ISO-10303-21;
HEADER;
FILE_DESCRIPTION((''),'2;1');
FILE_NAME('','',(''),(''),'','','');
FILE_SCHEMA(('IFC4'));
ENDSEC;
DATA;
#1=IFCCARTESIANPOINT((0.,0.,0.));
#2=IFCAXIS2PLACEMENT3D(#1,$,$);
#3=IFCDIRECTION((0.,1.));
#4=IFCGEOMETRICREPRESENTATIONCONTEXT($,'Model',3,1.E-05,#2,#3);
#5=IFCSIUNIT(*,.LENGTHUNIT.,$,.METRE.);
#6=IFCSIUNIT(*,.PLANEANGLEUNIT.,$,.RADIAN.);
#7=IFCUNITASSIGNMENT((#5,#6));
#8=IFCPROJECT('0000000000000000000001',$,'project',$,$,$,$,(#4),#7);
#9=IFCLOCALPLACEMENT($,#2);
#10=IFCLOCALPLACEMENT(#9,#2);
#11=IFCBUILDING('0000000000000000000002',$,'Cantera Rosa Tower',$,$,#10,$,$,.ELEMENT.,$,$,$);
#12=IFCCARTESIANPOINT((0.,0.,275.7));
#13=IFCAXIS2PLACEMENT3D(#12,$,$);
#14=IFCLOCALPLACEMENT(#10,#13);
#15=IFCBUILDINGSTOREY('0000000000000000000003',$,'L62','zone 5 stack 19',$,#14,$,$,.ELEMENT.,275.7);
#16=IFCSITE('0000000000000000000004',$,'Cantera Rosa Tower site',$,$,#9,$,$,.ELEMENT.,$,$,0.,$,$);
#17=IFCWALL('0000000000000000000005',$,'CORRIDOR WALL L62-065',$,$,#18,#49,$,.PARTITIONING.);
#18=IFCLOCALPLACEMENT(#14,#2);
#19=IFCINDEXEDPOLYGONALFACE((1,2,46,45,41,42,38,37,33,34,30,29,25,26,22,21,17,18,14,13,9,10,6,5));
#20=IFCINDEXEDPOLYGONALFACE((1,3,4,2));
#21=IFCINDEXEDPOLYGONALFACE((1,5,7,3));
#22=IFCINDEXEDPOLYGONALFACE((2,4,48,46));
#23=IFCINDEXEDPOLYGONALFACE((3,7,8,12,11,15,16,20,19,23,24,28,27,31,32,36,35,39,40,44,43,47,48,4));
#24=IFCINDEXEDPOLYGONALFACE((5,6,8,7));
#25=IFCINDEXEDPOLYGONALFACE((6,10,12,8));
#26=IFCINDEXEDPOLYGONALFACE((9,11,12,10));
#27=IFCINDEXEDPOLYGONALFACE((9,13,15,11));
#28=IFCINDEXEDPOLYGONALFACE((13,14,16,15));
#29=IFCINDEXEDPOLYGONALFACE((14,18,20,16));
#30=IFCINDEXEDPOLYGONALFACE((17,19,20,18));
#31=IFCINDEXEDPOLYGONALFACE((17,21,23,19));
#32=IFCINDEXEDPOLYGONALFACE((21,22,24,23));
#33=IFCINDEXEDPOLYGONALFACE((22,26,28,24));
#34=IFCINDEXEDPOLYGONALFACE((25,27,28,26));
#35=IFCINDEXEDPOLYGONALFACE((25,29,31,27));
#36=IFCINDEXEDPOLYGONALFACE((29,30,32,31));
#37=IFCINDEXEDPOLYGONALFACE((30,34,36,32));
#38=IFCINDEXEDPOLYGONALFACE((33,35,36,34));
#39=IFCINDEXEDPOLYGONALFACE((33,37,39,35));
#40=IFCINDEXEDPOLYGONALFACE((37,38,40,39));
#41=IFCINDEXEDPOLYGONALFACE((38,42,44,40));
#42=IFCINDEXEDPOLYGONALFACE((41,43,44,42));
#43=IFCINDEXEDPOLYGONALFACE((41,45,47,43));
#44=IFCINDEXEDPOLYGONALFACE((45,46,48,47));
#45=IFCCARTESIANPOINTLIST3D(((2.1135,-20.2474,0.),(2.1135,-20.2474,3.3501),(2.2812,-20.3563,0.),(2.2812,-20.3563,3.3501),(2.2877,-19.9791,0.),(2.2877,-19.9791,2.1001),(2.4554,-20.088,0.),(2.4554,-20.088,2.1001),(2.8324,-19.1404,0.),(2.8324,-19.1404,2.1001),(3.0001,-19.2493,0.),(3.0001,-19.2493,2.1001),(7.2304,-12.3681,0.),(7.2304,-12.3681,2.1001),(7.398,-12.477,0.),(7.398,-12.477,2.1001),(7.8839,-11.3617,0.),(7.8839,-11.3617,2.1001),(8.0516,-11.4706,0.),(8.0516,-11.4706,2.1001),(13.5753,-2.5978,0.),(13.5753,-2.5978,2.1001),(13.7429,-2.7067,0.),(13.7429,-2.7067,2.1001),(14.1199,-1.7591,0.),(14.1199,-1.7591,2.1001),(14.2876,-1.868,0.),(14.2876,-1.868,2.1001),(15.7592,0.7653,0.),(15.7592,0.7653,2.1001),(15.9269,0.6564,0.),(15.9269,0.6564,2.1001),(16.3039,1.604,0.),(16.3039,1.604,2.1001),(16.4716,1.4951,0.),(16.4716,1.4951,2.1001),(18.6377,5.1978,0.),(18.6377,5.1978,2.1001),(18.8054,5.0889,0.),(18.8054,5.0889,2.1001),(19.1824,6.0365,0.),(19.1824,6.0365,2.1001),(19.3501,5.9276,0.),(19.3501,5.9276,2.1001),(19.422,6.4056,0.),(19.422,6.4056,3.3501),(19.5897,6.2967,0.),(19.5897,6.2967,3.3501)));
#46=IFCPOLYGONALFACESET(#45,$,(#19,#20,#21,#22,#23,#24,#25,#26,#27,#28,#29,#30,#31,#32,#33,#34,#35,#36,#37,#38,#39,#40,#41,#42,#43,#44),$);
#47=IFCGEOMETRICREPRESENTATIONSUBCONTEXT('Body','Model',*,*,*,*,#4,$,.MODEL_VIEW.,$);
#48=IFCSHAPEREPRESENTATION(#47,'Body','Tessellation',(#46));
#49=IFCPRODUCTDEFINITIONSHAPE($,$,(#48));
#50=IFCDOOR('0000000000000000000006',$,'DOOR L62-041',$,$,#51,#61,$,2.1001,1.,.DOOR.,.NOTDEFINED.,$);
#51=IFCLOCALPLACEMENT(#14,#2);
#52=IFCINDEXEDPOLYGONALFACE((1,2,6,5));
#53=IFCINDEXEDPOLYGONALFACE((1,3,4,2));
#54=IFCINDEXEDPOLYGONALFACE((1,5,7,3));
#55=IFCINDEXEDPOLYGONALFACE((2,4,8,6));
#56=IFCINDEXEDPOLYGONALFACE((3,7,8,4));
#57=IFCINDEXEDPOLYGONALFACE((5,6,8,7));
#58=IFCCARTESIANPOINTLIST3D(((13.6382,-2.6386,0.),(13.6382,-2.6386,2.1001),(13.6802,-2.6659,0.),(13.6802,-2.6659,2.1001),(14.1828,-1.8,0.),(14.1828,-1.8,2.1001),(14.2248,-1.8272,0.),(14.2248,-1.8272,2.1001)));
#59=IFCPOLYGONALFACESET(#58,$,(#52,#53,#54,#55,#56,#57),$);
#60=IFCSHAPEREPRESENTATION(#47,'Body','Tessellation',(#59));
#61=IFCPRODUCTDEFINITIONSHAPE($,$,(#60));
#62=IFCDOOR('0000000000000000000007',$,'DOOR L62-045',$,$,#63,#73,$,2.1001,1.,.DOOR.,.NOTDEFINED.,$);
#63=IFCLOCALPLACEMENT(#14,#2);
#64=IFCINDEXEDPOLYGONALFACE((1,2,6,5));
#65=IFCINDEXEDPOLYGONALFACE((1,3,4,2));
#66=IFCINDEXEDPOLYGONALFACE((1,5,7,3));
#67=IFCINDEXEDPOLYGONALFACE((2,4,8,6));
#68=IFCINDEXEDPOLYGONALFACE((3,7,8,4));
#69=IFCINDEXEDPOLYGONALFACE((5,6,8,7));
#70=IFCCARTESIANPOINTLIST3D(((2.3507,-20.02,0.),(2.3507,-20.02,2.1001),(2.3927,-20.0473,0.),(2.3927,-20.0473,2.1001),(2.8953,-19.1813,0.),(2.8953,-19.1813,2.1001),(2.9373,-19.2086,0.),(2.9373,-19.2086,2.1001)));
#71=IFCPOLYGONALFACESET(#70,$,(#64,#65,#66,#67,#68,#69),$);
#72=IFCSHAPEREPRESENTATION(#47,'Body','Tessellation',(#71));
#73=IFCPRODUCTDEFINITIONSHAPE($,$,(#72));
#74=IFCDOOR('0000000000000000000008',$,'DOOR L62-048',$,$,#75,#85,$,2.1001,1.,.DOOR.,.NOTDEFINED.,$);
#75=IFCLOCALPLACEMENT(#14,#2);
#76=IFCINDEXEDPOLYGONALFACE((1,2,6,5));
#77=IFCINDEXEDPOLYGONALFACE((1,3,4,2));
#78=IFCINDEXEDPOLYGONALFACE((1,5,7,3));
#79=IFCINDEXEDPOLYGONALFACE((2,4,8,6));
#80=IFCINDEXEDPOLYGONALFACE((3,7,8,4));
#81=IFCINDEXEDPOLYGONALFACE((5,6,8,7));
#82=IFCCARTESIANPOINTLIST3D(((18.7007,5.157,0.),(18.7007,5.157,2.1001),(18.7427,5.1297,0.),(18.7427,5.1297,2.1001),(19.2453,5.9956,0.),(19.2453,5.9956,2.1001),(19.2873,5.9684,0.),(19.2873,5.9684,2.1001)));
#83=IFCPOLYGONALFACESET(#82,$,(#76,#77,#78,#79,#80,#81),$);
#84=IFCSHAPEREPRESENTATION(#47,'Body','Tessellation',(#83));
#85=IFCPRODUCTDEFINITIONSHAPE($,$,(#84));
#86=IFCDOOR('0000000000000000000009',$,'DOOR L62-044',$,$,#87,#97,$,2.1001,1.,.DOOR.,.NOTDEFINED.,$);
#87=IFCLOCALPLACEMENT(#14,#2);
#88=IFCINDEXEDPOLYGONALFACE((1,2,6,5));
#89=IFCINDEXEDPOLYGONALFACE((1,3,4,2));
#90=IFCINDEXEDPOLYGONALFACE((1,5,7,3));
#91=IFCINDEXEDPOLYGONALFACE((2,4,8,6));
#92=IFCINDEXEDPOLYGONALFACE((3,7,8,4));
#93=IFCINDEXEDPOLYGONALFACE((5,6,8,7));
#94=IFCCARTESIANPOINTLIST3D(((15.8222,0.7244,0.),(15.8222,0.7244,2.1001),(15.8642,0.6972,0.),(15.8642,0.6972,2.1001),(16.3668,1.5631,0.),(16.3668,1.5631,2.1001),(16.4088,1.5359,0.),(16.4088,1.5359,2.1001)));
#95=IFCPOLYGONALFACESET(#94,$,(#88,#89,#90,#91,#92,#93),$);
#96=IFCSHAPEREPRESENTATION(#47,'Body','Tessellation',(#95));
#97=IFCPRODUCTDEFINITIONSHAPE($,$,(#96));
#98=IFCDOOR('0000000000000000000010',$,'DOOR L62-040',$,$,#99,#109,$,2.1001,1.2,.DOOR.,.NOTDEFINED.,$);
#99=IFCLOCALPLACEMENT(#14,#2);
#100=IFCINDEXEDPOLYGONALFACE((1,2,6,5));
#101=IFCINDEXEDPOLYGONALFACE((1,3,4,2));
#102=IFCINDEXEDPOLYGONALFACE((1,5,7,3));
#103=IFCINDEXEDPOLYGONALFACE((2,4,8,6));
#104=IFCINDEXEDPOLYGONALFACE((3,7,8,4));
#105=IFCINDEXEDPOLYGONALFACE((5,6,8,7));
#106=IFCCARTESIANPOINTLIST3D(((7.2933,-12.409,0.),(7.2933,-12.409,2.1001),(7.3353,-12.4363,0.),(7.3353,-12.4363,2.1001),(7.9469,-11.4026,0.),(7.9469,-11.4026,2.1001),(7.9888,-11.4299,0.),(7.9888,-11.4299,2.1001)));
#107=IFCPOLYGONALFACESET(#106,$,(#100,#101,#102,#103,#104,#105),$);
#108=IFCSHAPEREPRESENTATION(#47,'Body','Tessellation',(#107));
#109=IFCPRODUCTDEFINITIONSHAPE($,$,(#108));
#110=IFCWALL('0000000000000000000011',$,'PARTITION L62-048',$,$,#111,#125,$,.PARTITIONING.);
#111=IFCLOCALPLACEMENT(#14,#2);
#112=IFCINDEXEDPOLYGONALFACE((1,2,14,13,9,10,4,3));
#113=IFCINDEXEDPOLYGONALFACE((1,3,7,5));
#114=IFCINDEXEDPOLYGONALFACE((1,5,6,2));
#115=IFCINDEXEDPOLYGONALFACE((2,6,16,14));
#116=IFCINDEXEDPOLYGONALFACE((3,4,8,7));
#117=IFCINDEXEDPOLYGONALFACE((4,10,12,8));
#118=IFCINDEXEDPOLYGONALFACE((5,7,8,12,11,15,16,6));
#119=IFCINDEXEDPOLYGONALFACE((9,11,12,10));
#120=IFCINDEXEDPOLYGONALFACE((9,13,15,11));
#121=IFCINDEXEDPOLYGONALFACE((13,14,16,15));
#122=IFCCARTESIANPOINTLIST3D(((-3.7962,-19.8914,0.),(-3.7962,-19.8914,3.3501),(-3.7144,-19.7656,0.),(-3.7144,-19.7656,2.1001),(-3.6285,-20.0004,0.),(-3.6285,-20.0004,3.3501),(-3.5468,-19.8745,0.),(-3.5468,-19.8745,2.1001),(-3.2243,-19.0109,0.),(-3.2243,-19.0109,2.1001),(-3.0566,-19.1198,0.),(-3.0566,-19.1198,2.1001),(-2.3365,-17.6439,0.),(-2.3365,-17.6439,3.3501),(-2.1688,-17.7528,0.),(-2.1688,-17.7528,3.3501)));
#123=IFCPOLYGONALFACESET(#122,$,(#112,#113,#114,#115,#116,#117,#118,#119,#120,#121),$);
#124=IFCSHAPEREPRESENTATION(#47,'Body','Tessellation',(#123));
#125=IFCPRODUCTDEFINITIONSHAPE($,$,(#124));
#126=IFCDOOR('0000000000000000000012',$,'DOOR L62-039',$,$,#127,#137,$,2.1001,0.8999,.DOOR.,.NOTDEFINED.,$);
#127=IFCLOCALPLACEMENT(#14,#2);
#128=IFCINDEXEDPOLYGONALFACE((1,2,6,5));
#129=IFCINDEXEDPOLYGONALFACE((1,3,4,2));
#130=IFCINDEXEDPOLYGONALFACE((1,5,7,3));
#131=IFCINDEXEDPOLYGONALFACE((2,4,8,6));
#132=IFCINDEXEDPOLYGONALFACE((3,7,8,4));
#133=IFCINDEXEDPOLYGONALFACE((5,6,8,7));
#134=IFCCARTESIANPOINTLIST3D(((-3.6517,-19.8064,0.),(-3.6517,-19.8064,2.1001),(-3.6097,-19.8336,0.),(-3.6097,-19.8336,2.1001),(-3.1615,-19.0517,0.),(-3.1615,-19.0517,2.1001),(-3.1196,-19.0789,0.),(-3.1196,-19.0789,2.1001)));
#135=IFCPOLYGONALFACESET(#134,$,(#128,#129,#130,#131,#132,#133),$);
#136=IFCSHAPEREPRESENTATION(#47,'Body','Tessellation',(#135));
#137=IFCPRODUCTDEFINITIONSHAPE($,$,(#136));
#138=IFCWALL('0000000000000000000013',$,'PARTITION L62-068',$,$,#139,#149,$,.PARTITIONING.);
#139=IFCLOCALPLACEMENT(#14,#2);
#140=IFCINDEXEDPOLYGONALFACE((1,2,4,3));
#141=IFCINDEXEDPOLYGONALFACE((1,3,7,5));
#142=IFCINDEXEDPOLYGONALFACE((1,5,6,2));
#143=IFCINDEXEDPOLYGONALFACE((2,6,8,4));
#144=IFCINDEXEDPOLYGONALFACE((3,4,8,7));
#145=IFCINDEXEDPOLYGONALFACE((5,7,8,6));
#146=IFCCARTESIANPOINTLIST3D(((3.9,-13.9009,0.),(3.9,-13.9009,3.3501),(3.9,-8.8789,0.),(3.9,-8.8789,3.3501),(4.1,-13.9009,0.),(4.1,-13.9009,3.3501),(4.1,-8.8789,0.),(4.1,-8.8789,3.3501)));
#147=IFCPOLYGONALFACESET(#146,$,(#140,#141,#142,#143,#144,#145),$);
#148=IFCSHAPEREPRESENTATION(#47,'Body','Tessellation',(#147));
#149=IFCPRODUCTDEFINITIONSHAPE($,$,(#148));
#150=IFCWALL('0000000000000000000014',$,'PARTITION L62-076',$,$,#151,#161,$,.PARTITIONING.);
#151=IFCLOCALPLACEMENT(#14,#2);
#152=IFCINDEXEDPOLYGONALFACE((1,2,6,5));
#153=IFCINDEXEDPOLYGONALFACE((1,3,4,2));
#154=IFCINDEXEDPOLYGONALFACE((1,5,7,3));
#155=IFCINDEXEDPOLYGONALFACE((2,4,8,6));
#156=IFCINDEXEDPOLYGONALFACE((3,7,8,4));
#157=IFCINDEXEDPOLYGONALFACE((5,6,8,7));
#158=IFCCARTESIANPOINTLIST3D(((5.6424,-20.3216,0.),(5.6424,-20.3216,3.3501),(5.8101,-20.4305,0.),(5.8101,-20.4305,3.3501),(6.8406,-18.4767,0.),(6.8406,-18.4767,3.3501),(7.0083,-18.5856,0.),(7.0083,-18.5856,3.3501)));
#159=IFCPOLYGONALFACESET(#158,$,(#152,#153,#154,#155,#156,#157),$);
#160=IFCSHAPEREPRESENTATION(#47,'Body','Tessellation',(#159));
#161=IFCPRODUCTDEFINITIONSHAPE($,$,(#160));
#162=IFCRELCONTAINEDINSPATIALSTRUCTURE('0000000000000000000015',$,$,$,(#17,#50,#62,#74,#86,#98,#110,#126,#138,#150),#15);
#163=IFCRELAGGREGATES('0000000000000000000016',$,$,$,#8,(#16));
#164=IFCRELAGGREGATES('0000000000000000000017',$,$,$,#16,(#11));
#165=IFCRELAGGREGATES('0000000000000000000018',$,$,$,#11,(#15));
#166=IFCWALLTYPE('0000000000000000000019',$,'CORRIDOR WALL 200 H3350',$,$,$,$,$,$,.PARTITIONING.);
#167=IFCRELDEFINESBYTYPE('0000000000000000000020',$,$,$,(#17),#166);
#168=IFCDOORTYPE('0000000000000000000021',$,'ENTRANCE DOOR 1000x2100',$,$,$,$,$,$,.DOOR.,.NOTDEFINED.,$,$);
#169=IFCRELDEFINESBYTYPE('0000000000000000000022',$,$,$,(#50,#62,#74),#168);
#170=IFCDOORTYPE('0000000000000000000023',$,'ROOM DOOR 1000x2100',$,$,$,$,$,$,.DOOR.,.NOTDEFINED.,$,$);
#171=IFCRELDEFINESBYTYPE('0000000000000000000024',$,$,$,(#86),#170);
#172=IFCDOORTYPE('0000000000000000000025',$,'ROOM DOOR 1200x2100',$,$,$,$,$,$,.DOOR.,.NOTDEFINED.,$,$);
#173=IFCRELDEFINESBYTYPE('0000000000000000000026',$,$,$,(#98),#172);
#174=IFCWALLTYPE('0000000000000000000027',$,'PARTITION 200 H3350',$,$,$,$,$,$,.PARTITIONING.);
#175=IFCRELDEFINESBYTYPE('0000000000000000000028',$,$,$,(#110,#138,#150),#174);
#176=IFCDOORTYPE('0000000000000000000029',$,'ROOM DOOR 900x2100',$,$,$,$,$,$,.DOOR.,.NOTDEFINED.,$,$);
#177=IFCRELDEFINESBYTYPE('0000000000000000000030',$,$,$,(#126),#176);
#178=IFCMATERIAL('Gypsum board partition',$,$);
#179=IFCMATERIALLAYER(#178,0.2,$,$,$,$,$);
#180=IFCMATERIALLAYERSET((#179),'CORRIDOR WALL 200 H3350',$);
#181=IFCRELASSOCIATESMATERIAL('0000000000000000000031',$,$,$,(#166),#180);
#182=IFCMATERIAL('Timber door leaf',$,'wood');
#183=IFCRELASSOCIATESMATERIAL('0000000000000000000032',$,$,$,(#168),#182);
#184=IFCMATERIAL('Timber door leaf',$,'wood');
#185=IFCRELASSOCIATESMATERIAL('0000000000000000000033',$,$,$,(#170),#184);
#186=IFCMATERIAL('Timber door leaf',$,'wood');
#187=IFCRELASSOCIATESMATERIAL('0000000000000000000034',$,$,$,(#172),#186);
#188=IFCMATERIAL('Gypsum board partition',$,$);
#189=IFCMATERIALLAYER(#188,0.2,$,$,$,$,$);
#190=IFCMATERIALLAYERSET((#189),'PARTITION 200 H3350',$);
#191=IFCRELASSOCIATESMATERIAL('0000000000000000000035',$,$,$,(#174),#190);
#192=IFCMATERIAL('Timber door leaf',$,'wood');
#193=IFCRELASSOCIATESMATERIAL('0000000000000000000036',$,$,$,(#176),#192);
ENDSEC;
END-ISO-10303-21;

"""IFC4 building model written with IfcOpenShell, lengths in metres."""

from ifc_helpers import new_model, si_unit, direction, frame, frame_2d, origin, place, context, subcontext, project, spatial, rectangle, extrude, material, layer, layer_set, type_object, element, fill, save


model = new_model("IFC4")

# Units and contexts
model_context = context("Model", 3, precision=1e-05, world=origin(), true_north=direction((0.0, 1.0)))
body_context = subcontext(model_context, "Body", "Model", "MODEL_VIEW")
ifc_project = project(units=[si_unit("LENGTHUNIT", "METRE"), si_unit("PLANEANGLEUNIT", "RADIAN")], contexts=[model_context])

# Site, building, storey
site_placement = place(None, origin())
site = spatial("IfcSite", under=ifc_project, at=site_placement, Name="Cantera Rosa Tower site", CompositionType="ELEMENT", RefElevation=0.0)
building_placement = place(site_placement, origin())
building = spatial("IfcBuilding", under=site, at=building_placement, Name="Cantera Rosa Tower", CompositionType="ELEMENT")
storey_placement = place(building_placement, frame((0.0, 0.0, 275.7)))
storey = spatial("IfcBuildingStorey", under=building, at=storey_placement, Name="L62", Description="zone 5 stack 19", CompositionType="ELEMENT", Elevation=275.7)

# Shared definitions
ifc_material_1 = material(Name="Gypsum board partition")
ifc_layer_1 = layer(ifc_material_1, 0.2)
ifc_layer_set_1 = layer_set([ifc_layer_1], Name="CORRIDOR WALL 200 H3350")
wall_type_1 = type_object("IfcWallType", Name="CORRIDOR WALL 200 H3350", PredefinedType="PARTITIONING", material=ifc_layer_set_1)

# Wall, openings, doors
wall_1_placement = place(storey_placement, frame((2.1973, -20.302, 0.0), z_axis=(0.0, 0.0, 1.0), x_axis=(0.544636, 0.838672, 0.0)))
wall_1 = element("IfcWall", 1, at=wall_1_placement, inside=storey, type_object=wall_type_1, Name="CORRIDOR WALL L62-065", PredefinedType="PARTITIONING", context=body_context, shape_type="SweptSolid", body=[
    extrude(rectangle(XDim=31.78, YDim=0.2, at=frame_2d((15.8901, 0.0))), origin(), (0.0, 0.0, 1.0), 3.3501),
])
opening_1_placement = place(wall_1_placement, frame((9.395, 0.0, 0.0)))
opening_1 = element("IfcOpeningElement", 2, at=opening_1_placement, cuts=wall_1, PredefinedType="OPENING", context=body_context, shape_type="SweptSolid", body=[
    extrude(rectangle(XDim=1.2, YDim=2.1001, at=frame_2d((0.6001, 1.05))), frame((0.0, 0.1099, 0.0), z_axis=(0.0, -1.0, 0.0), x_axis=(1.0, 0.0, 0.0)), (0.0, 0.0, 1.0), 0.22),
])
opening_2_placement = place(wall_1_placement, frame((21.0449, 0.0, 0.0)))
opening_2 = element("IfcOpeningElement", 3, at=opening_2_placement, cuts=wall_1, PredefinedType="OPENING", context=body_context, shape_type="SweptSolid", body=[
    extrude(rectangle(XDim=1.0, YDim=2.1001, at=frame_2d((0.5, 1.05))), frame((0.0, 0.1099, 0.0), z_axis=(0.0, -1.0, 0.0), x_axis=(1.0, 0.0, 0.0)), (0.0, 0.0, 1.0), 0.22),
])
opening_3_placement = place(wall_1_placement, frame((25.0549, 0.0, 0.0)))
opening_3 = element("IfcOpeningElement", 4, at=opening_3_placement, cuts=wall_1, PredefinedType="OPENING", context=body_context, shape_type="SweptSolid", body=[
    extrude(rectangle(XDim=1.0, YDim=2.1001, at=frame_2d((0.5, 1.05))), frame((0.0, 0.1099, 0.0), z_axis=(0.0, -1.0, 0.0), x_axis=(1.0, 0.0, 0.0)), (0.0, 0.0, 1.0), 0.22),
])
opening_4_placement = place(wall_1_placement, frame((0.3201, 0.0, 0.0)))
opening_4 = element("IfcOpeningElement", 5, at=opening_4_placement, cuts=wall_1, PredefinedType="OPENING", context=body_context, shape_type="SweptSolid", body=[
    extrude(rectangle(XDim=1.0, YDim=2.1001, at=frame_2d((0.5, 1.05))), frame((0.0, 0.1099, 0.0), z_axis=(0.0, -1.0, 0.0), x_axis=(1.0, 0.0, 0.0)), (0.0, 0.0, 1.0), 0.22),
])
opening_5_placement = place(wall_1_placement, frame((30.3401, 0.0, 0.0)))
opening_5 = element("IfcOpeningElement", 6, at=opening_5_placement, cuts=wall_1, PredefinedType="OPENING", context=body_context, shape_type="SweptSolid", body=[
    extrude(rectangle(XDim=1.0, YDim=2.1001, at=frame_2d((0.5, 1.05))), frame((0.0, 0.1099, 0.0), z_axis=(0.0, -1.0, 0.0), x_axis=(1.0, 0.0, 0.0)), (0.0, 0.0, 1.0), 0.22),
])
ifc_material_2 = material(Name="Timber door leaf", Category="wood")
door_type_1 = type_object("IfcDoorType", Name="ENTRANCE DOOR 1000x2100", OperationType="NOTDEFINED", PredefinedType="DOOR", material=ifc_material_2)
door_1_placement = place(opening_2_placement, origin())
door_1 = element("IfcDoor", 7, at=door_1_placement, inside=storey, type_object=door_type_1, Name="DOOR L62-041", OperationType="NOTDEFINED", OverallHeight=2.1001, OverallWidth=1.0, PredefinedType="DOOR", context=body_context, shape_type="SweptSolid", body=[
    extrude(rectangle(XDim=1.0, YDim=2.1001, at=frame_2d((0.5, 1.05))), frame((0.0, 0.0249, 0.0), z_axis=(0.0, -1.0, 0.0), x_axis=(1.0, 0.0, 0.0)), (0.0, 0.0, 1.0), 0.05),
])
fill(opening_2, door_1)
door_2_placement = place(opening_4_placement, origin())
door_2 = element("IfcDoor", 8, at=door_2_placement, inside=storey, type_object=door_type_1, Name="DOOR L62-045", OperationType="NOTDEFINED", OverallHeight=2.1001, OverallWidth=1.0, PredefinedType="DOOR", context=body_context, shape_type="SweptSolid", body=[
    extrude(rectangle(XDim=1.0, YDim=2.1001, at=frame_2d((0.5, 1.05))), frame((0.0, 0.0249, 0.0), z_axis=(0.0, -1.0, 0.0), x_axis=(1.0, 0.0, 0.0)), (0.0, 0.0, 1.0), 0.05),
])
fill(opening_4, door_2)
door_3_placement = place(opening_5_placement, origin())
door_3 = element("IfcDoor", 9, at=door_3_placement, inside=storey, type_object=door_type_1, Name="DOOR L62-048", OperationType="NOTDEFINED", OverallHeight=2.1001, OverallWidth=1.0, PredefinedType="DOOR", context=body_context, shape_type="SweptSolid", body=[
    extrude(rectangle(XDim=1.0, YDim=2.1001, at=frame_2d((0.5, 1.05))), frame((0.0, 0.0249, 0.0), z_axis=(0.0, -1.0, 0.0), x_axis=(1.0, 0.0, 0.0)), (0.0, 0.0, 1.0), 0.05),
])
fill(opening_5, door_3)
ifc_material_3 = material(Name="Timber door leaf", Category="wood")
door_type_2 = type_object("IfcDoorType", Name="ROOM DOOR 1000x2100", OperationType="NOTDEFINED", PredefinedType="DOOR", material=ifc_material_3)
door_4_placement = place(opening_3_placement, origin())
door_4 = element("IfcDoor", 10, at=door_4_placement, inside=storey, type_object=door_type_2, Name="DOOR L62-044", OperationType="NOTDEFINED", OverallHeight=2.1001, OverallWidth=1.0, PredefinedType="DOOR", context=body_context, shape_type="SweptSolid", body=[
    extrude(rectangle(XDim=1.0, YDim=2.1001, at=frame_2d((0.5, 1.05))), frame((0.0, 0.0249, 0.0), z_axis=(0.0, -1.0, 0.0), x_axis=(1.0, 0.0, 0.0)), (0.0, 0.0, 1.0), 0.05),
])
fill(opening_3, door_4)
ifc_material_4 = material(Name="Timber door leaf", Category="wood")
door_type_3 = type_object("IfcDoorType", Name="ROOM DOOR 1200x2100", OperationType="NOTDEFINED", PredefinedType="DOOR", material=ifc_material_4)
door_5_placement = place(opening_1_placement, origin())
door_5 = element("IfcDoor", 11, at=door_5_placement, inside=storey, type_object=door_type_3, Name="DOOR L62-040", OperationType="NOTDEFINED", OverallHeight=2.1001, OverallWidth=1.2, PredefinedType="DOOR", context=body_context, shape_type="SweptSolid", body=[
    extrude(rectangle(XDim=1.2, YDim=2.1001, at=frame_2d((0.6001, 1.05))), frame((0.0, 0.0249, 0.0), z_axis=(0.0, -1.0, 0.0), x_axis=(1.0, 0.0, 0.0)), (0.0, 0.0, 1.0), 0.05),
])
fill(opening_1, door_5)

# Wall, opening, door
ifc_material_5 = material(Name="Gypsum board partition")
ifc_layer_2 = layer(ifc_material_5, 0.2)
ifc_layer_set_2 = layer_set([ifc_layer_2], Name="PARTITION 200 H3350")
wall_type_2 = type_object("IfcWallType", Name="PARTITION 200 H3350", PredefinedType="PARTITIONING", material=ifc_layer_set_2)
wall_2_placement = place(storey_placement, frame((-2.2527, -17.6985, 0.0), z_axis=(0.0, 0.0, 1.0), x_axis=(-0.544675, -0.838648, 0.0)))
wall_2 = element("IfcWall", 12, at=wall_2_placement, inside=storey, type_object=wall_type_2, Name="PARTITION L62-048", PredefinedType="PARTITIONING", context=body_context, shape_type="SweptSolid", body=[
    extrude(rectangle(XDim=2.6799, YDim=0.2, at=frame_2d((1.3398, 0.0))), origin(), (0.0, 0.0, 1.0), 3.3501),
])
opening_6_placement = place(wall_2_placement, frame((1.6299, 0.0, 0.0)))
opening_6 = element("IfcOpeningElement", 13, at=opening_6_placement, cuts=wall_2, PredefinedType="OPENING", context=body_context, shape_type="SweptSolid", body=[
    extrude(rectangle(XDim=0.8999, YDim=2.1001, at=frame_2d((0.45, 1.05))), frame((0.0, 0.1099, 0.0), z_axis=(0.0, -1.0, 0.0), x_axis=(1.0, 0.0, 0.0)), (0.0, 0.0, 1.0), 0.22),
])
ifc_material_6 = material(Name="Timber door leaf", Category="wood")
door_type_4 = type_object("IfcDoorType", Name="ROOM DOOR 900x2100", OperationType="NOTDEFINED", PredefinedType="DOOR", material=ifc_material_6)
door_6_placement = place(opening_6_placement, origin())
door_6 = element("IfcDoor", 14, at=door_6_placement, inside=storey, type_object=door_type_4, Name="DOOR L62-039", OperationType="NOTDEFINED", OverallHeight=2.1001, OverallWidth=0.8999, PredefinedType="DOOR", context=body_context, shape_type="SweptSolid", body=[
    extrude(rectangle(XDim=0.8999, YDim=2.1001, at=frame_2d((0.45, 1.05))), frame((0.0, 0.0249, 0.0), z_axis=(0.0, -1.0, 0.0), x_axis=(1.0, 0.0, 0.0)), (0.0, 0.0, 1.0), 0.05),
])
fill(opening_6, door_6)

# Walls
wall_3_placement = place(storey_placement, frame((4.0, -13.9009, 0.0), z_axis=(0.0, 0.0, 1.0), x_axis=(0.0, 1.0, 0.0)))
element("IfcWall", 15, at=wall_3_placement, inside=storey, type_object=wall_type_2, Name="PARTITION L62-068", PredefinedType="PARTITIONING", context=body_context, shape_type="SweptSolid", body=[
    extrude(rectangle(XDim=5.022, YDim=0.2, at=frame_2d((2.511, 0.0))), origin(), (0.0, 0.0, 1.0), 3.3501),
])
wall_4_placement = place(storey_placement, frame((6.9246, -18.531, 0.0), z_axis=(0.0, 0.0, 1.0), x_axis=(-0.544672, -0.838649, 0.0)))
element("IfcWall", 16, at=wall_4_placement, inside=storey, type_object=wall_type_2, Name="PARTITION L62-076", PredefinedType="PARTITIONING", context=body_context, shape_type="SweptSolid", body=[
    extrude(rectangle(XDim=2.2, YDim=0.2, at=frame_2d((1.1001, 0.0))), origin(), (0.0, 0.0, 1.0), 3.3501),
])

save(model, "model.ifc")
